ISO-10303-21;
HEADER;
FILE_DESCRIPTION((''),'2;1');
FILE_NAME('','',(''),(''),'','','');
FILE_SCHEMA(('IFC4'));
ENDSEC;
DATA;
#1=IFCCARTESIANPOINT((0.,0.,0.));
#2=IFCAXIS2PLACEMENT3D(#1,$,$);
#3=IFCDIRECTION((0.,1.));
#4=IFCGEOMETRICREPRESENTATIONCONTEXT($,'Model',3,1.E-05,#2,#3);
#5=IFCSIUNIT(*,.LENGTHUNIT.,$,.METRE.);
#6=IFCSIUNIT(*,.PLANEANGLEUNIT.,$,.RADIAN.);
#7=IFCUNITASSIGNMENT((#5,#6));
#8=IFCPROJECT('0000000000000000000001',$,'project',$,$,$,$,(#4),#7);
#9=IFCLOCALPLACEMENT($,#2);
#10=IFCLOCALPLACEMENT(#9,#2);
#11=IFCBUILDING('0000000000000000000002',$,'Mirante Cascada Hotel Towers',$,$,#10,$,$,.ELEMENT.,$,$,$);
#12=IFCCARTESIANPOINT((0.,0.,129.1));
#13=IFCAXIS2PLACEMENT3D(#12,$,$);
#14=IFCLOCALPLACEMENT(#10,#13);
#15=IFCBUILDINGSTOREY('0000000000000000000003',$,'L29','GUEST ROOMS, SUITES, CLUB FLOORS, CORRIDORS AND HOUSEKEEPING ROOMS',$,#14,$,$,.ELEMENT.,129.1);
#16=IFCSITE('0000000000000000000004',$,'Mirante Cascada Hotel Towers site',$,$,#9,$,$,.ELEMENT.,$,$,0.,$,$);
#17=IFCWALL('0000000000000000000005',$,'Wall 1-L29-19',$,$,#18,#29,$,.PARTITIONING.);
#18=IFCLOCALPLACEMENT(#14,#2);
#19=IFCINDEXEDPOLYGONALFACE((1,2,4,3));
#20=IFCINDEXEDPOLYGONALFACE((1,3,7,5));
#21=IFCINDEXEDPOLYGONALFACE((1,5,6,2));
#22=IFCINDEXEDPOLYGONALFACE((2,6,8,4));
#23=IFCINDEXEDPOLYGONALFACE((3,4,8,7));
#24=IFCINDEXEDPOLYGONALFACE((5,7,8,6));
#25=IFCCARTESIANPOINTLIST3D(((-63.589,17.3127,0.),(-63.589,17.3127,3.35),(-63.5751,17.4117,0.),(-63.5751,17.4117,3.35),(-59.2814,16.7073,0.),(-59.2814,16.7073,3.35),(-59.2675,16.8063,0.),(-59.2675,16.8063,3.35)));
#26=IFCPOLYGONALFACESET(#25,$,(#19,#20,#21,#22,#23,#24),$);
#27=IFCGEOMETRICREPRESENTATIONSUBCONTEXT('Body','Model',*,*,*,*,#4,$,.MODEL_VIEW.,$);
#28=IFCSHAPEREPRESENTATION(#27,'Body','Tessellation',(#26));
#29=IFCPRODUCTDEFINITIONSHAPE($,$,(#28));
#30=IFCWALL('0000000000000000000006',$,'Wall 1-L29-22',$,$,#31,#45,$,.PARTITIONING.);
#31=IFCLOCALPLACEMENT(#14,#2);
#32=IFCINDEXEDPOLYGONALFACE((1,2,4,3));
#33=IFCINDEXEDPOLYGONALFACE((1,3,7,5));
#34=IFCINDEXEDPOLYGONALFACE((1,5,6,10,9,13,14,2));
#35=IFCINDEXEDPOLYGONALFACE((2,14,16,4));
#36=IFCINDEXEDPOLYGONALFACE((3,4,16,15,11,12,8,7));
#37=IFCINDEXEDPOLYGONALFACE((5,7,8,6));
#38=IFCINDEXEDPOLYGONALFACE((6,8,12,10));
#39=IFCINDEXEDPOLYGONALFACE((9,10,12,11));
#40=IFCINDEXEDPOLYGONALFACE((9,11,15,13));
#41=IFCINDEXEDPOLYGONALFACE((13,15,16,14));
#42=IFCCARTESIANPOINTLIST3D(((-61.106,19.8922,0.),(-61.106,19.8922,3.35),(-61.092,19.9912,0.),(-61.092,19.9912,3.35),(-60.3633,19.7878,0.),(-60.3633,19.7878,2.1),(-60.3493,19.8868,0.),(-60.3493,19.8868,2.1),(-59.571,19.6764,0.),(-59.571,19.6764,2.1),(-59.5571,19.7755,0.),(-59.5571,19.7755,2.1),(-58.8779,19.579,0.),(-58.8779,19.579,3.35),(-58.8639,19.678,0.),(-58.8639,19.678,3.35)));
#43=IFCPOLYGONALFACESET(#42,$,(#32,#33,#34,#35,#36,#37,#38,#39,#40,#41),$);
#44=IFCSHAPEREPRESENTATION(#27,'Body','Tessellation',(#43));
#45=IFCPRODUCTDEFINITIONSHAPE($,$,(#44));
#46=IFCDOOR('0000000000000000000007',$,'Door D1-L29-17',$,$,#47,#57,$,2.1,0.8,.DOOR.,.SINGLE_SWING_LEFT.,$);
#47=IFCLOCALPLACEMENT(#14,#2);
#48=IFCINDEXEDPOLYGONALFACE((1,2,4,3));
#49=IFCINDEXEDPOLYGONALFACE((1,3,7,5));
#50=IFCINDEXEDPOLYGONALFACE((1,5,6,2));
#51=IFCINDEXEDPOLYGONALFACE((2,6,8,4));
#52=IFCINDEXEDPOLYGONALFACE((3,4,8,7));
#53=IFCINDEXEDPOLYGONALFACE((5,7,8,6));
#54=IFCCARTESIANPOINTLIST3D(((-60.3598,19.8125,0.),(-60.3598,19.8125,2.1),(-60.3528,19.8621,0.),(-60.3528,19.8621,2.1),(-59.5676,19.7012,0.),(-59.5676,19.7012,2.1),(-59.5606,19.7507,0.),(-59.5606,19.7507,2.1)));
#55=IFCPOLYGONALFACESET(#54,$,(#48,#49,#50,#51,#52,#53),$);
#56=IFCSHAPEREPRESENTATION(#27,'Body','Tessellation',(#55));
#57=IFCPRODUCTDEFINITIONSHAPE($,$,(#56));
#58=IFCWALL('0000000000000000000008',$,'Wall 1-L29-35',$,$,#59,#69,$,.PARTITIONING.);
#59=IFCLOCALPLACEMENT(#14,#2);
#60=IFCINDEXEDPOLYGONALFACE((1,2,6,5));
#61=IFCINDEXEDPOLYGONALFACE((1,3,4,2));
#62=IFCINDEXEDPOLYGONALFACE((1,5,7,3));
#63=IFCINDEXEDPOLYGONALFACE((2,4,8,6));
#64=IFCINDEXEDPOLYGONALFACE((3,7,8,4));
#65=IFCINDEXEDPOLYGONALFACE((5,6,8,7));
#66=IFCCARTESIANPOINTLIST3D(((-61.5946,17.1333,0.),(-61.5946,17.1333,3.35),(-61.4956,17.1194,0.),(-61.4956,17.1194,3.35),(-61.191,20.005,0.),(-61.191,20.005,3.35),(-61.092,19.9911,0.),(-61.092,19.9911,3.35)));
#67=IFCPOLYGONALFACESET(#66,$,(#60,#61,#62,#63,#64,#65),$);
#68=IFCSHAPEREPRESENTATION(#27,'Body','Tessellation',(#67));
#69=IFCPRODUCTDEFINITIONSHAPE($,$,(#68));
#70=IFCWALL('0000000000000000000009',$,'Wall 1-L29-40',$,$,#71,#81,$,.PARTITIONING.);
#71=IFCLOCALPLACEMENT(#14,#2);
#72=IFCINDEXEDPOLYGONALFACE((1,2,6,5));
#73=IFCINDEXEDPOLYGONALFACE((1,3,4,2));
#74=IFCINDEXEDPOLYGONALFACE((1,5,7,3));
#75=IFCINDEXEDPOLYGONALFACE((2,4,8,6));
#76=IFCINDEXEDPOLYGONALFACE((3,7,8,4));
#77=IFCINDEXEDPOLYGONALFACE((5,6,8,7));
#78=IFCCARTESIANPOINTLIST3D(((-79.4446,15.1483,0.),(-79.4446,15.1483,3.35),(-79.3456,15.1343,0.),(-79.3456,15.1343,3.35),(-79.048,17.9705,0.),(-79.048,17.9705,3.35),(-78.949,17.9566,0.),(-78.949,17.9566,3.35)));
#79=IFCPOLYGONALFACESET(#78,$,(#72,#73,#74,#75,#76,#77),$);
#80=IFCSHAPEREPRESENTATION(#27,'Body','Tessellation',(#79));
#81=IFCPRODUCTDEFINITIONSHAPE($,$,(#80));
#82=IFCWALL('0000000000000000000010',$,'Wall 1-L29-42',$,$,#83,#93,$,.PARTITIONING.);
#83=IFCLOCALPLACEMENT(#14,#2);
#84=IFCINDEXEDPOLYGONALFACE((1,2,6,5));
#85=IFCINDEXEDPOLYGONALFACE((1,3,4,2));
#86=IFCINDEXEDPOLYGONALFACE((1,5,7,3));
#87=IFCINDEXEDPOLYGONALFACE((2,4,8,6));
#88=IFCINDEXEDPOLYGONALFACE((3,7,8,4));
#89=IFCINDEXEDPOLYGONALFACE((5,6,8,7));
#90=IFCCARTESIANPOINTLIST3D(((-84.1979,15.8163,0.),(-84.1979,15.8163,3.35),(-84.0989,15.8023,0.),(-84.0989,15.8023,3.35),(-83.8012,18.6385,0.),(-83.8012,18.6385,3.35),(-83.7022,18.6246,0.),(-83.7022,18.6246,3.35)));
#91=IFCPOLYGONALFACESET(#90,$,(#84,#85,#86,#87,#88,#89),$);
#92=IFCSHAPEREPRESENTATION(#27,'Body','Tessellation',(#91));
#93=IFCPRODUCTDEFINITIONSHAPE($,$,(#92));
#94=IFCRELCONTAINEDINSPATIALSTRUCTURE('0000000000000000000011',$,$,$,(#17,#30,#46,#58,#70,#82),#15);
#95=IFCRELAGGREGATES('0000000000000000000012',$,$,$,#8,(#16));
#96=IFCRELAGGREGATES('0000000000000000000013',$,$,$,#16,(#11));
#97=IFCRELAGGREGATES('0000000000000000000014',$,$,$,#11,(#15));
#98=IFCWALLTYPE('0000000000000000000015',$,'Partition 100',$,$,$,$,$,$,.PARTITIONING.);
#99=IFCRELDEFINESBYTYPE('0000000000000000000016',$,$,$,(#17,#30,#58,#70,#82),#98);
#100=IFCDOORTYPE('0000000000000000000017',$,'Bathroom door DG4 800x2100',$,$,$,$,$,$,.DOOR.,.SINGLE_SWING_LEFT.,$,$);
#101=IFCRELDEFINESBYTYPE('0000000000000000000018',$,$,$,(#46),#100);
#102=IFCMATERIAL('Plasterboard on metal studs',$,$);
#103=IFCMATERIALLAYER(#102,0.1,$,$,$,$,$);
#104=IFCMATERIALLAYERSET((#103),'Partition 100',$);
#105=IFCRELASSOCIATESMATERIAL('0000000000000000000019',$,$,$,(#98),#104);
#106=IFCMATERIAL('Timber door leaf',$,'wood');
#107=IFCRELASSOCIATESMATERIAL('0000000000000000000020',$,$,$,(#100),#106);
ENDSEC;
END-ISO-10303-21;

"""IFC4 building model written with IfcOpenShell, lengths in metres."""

from ifc_helpers import new_model, si_unit, direction, frame, frame_2d, origin, place, context, subcontext, project, spatial, rectangle, extrude, material, layer, layer_set, type_object, element, fill, save


model = new_model("IFC4")

# Units and contexts
model_context = context("Model", 3, precision=1e-05, world=origin(), true_north=direction((0.0, 1.0)))
body_context = subcontext(model_context, "Body", "Model", "MODEL_VIEW")
ifc_project = project(units=[si_unit("LENGTHUNIT", "METRE"), si_unit("PLANEANGLEUNIT", "RADIAN")], contexts=[model_context])

# Site, building, storey
site_placement = place(None, origin())
site = spatial("IfcSite", under=ifc_project, at=site_placement, Name="Mirante Cascada Hotel Towers site", CompositionType="ELEMENT", RefElevation=0.0)
building_placement = place(site_placement, origin())
building = spatial("IfcBuilding", under=site, at=building_placement, Name="Mirante Cascada Hotel Towers", CompositionType="ELEMENT")
storey_placement = place(building_placement, frame((0.0, 0.0, 129.1)))
storey = spatial("IfcBuildingStorey", under=building, at=storey_placement, Name="L29", Description="GUEST ROOMS, SUITES, CLUB FLOORS, CORRIDORS AND HOUSEKEEPING ROOMS", CompositionType="ELEMENT", Elevation=129.1)

# Shared definitions
ifc_material_1 = material(Name="Plasterboard on metal studs")
ifc_layer_1 = layer(ifc_material_1, 0.1)
ifc_layer_set_1 = layer_set([ifc_layer_1], Name="Partition 100")
wall_type_1 = type_object("IfcWallType", Name="Partition 100", PredefinedType="PARTITIONING", material=ifc_layer_set_1)
ifc_material_2 = material(Name="Timber door leaf", Category="wood")
door_type_1 = type_object("IfcDoorType", Name="Bathroom door DG4 800x2100", OperationType="SINGLE_SWING_LEFT", PredefinedType="DOOR", material=ifc_material_2)

# Wall
wall_1_placement = place(storey_placement, frame((-63.5821, 17.3622, 0.0), z_axis=(0.0, 0.0, 1.0), x_axis=(0.990268, -0.139175, 0.0)))
element("IfcWall", 1, at=wall_1_placement, inside=storey, type_object=wall_type_1, Name="Wall 1-L29-19", PredefinedType="PARTITIONING", context=body_context, shape_type="SweptSolid", body=[
    extrude(rectangle(XDim=4.3499, YDim=0.1, at=frame_2d((2.175, 0.0))), origin(), (0.0, 0.0, 1.0), 3.35),
])

# Wall, opening, door
wall_2_placement = place(storey_placement, frame((-58.8709, 19.6285, 0.0), z_axis=(0.0, 0.0, 1.0), x_axis=(-0.990264, 0.1392, 0.0)))
wall_2 = element("IfcWall", 2, at=wall_2_placement, inside=storey, type_object=wall_type_1, Name="Wall 1-L29-22", PredefinedType="PARTITIONING", context=body_context, shape_type="SweptSolid", body=[
    extrude(rectangle(XDim=2.25, YDim=0.1, at=frame_2d((1.125, 0.0))), origin(), (0.0, 0.0, 1.0), 3.35),
])
opening_1_placement = place(wall_2_placement, frame((0.7, 0.0, 0.0)))
opening_1 = element("IfcOpeningElement", 3, at=opening_1_placement, cuts=wall_2, PredefinedType="OPENING", context=body_context, shape_type="SweptSolid", body=[
    extrude(rectangle(XDim=0.8, YDim=2.1, at=frame_2d((0.4, 1.05))), frame((0.0, 0.05, 0.0), z_axis=(0.0, -1.0, 0.0), x_axis=(1.0, 0.0, 0.0)), (0.0, 0.0, 1.0), 0.1),
])
door_1_placement = place(opening_1_placement, origin())
door_1 = element("IfcDoor", 4, at=door_1_placement, inside=storey, type_object=door_type_1, Name="Door D1-L29-17", OperationType="SINGLE_SWING_LEFT", OverallHeight=2.1, OverallWidth=0.8, PredefinedType="DOOR", context=body_context, shape_type="SweptSolid", body=[
    extrude(rectangle(XDim=0.8, YDim=2.1, at=frame_2d((0.4, 1.05))), frame((0.0, 0.025, 0.0), z_axis=(0.0, -1.0, 0.0), x_axis=(1.0, 0.0, 0.0)), (0.0, 0.0, 1.0), 0.05),
])
fill(opening_1, door_1)

# Walls
wall_3_placement = place(storey_placement, frame((-61.1415, 19.9981, 0.0), z_axis=(0.0, 0.0, 1.0), x_axis=(-0.139176, -0.990268, 0.0)))
element("IfcWall", 5, at=wall_3_placement, inside=storey, type_object=wall_type_1, Name="Wall 1-L29-35", PredefinedType="PARTITIONING", context=body_context, shape_type="SweptSolid", body=[
    extrude(rectangle(XDim=2.8999, YDim=0.1, at=frame_2d((1.45, 0.0))), origin(), (0.0, 0.0, 1.0), 3.35),
])
for number, where, z_axis, x_axis, name in (
    (6, (-79.3951, 15.1413, 0.0), (0.0, 0.0, 1.0), (0.139156, 0.99027, 0.0), "Wall 1-L29-40"),
    (7, (-84.1484, 15.8093, 0.0), (0.0, 0.0, 1.0), (0.139191, 0.990266, 0.0), "Wall 1-L29-42"),
):
    element("IfcWall", number, at=place(storey_placement, frame(where, z_axis=z_axis, x_axis=x_axis)), inside=storey, type_object=wall_type_1, Name=name, PredefinedType="PARTITIONING", context=body_context, shape_type="SweptSolid", body=[
        extrude(rectangle(XDim=2.85, YDim=0.1, at=frame_2d((1.425, 0.0))), origin(), (0.0, 0.0, 1.0), 3.35),
    ])

save(model, "model.ifc")
